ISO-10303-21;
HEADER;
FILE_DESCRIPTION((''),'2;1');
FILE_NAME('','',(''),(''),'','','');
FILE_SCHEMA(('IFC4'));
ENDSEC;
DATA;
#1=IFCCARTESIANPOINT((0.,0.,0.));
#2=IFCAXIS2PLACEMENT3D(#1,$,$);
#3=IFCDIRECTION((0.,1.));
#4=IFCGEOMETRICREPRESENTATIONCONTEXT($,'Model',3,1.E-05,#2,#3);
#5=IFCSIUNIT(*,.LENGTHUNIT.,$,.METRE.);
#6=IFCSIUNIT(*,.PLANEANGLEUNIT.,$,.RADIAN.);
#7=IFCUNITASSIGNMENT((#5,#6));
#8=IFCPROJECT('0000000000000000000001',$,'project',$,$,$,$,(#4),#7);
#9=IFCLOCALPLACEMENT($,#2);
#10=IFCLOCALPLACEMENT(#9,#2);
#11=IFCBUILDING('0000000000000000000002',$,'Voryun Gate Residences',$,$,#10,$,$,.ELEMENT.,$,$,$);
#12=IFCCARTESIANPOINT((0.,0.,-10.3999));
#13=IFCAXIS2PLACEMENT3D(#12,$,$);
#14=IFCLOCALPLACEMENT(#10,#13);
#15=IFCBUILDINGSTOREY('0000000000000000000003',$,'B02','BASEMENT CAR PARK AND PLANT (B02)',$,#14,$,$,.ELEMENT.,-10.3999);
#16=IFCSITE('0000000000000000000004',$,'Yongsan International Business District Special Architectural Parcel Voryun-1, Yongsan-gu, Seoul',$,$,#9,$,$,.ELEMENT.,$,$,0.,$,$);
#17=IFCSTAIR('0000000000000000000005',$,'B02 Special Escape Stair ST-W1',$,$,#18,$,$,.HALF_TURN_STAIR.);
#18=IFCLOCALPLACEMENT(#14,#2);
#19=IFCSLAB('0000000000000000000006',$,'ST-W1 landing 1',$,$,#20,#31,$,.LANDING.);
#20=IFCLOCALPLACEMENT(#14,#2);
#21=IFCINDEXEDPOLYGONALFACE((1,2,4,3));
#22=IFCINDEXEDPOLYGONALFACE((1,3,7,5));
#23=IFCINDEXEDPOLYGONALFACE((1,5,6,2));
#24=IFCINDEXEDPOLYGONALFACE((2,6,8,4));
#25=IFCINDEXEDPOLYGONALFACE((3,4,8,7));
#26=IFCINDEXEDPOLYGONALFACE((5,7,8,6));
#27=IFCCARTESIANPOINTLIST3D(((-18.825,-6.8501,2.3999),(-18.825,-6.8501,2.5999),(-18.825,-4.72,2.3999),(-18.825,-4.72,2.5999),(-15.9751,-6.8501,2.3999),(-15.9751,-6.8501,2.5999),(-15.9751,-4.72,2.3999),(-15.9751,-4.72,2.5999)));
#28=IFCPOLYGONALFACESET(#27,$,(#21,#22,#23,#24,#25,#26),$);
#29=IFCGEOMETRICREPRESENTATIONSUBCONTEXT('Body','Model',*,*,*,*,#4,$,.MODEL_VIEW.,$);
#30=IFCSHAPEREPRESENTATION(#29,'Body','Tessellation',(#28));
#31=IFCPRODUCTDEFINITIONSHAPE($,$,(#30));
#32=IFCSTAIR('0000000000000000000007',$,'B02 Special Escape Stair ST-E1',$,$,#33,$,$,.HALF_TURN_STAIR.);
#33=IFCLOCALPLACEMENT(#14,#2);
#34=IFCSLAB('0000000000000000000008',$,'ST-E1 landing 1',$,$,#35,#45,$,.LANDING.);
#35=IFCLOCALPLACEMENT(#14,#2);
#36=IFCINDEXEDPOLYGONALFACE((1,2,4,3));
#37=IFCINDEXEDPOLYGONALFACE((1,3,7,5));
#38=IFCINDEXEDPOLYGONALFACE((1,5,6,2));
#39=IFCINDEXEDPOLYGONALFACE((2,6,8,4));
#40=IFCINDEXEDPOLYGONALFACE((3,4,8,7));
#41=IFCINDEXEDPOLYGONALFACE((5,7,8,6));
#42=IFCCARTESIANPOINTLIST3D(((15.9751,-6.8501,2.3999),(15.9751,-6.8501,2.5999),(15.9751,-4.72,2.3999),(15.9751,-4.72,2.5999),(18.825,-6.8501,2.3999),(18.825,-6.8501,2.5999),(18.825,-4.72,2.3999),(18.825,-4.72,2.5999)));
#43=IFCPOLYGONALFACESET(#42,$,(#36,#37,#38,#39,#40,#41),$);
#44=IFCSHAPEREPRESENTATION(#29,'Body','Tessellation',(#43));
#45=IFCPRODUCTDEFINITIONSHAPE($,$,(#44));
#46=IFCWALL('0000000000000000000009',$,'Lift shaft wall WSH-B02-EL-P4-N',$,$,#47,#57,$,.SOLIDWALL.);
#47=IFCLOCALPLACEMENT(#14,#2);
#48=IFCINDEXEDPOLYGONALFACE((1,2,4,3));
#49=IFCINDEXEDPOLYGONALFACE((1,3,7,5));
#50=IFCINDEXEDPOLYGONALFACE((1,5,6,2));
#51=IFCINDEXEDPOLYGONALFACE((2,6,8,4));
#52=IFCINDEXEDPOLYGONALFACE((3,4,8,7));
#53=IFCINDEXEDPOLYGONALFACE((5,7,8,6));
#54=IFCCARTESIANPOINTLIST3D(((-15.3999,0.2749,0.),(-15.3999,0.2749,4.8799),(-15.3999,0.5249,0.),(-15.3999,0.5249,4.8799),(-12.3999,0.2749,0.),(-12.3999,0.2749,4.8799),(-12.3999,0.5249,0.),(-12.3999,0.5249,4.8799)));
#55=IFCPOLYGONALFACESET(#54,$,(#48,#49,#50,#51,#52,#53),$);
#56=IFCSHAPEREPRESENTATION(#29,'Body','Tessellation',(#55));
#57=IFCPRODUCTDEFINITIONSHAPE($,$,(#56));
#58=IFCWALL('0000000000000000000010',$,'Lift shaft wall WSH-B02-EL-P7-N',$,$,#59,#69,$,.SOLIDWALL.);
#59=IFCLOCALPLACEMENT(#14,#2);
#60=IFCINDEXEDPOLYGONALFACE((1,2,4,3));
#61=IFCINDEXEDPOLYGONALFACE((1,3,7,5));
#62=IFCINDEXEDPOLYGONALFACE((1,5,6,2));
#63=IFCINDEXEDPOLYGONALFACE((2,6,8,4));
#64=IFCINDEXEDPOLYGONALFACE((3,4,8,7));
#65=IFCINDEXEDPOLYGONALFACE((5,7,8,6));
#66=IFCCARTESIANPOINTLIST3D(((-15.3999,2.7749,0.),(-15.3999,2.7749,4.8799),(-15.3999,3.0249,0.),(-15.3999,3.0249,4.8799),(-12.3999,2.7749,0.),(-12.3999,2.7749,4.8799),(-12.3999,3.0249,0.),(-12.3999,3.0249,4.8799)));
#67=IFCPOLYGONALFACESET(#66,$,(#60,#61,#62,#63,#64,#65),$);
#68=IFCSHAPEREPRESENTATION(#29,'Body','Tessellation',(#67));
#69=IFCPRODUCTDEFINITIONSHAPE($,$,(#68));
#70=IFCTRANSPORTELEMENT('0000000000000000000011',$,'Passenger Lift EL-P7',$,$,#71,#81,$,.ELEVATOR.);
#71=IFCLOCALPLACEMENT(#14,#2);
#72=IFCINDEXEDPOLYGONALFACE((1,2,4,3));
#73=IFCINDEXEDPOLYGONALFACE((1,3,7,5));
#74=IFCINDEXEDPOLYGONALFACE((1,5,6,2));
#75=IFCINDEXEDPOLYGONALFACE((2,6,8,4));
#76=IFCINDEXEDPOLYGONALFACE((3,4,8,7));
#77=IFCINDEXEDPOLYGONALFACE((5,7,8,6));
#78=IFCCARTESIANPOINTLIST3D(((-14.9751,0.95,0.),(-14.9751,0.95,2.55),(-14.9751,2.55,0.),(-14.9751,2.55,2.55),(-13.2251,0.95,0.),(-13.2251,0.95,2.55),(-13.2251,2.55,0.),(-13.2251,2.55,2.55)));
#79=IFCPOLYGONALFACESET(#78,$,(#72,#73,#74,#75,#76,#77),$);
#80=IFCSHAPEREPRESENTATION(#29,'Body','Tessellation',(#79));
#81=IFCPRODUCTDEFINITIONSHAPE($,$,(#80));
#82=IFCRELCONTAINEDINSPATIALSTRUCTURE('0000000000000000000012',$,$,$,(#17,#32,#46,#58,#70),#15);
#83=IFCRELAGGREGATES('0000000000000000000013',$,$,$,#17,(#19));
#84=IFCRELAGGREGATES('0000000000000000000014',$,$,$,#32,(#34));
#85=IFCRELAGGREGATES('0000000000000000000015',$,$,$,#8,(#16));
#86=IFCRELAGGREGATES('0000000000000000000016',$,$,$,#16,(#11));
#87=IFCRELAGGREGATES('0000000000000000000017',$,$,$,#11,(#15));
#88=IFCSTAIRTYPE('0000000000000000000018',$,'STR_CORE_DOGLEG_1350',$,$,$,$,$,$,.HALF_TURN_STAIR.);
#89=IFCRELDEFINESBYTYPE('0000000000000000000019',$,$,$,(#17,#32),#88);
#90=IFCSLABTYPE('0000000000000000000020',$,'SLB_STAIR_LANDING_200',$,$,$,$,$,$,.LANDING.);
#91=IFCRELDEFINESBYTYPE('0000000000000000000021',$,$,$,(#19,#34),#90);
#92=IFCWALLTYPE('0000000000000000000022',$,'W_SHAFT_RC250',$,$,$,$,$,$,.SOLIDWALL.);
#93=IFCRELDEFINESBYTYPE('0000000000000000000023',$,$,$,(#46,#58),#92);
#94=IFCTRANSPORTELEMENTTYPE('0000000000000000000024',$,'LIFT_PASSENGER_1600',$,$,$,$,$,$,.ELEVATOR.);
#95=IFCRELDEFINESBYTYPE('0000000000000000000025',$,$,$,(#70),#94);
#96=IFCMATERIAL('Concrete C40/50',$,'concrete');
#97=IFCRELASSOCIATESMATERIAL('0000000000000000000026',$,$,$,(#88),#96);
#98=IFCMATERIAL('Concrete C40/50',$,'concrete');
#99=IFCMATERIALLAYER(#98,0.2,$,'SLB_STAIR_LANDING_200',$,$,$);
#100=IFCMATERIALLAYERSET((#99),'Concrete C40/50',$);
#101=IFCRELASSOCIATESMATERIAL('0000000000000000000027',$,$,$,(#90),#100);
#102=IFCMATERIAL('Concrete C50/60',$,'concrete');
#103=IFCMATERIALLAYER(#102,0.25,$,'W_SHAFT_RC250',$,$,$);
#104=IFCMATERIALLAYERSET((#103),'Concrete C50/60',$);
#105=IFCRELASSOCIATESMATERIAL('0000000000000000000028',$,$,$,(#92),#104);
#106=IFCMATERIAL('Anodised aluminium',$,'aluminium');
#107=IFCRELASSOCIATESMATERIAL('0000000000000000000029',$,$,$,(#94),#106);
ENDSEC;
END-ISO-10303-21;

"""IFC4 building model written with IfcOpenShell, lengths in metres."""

from ifc_helpers import new_model, si_unit, direction, frame, frame_2d, origin, origin_2d, place, context, subcontext, project, spatial, polyline, rectangle, outline, extrude, material, layer, layer_set, type_object, element, aggregate, save


model = new_model("IFC4")

# Units and contexts
model_context = context("Model", 3, precision=1e-05, world=origin(), true_north=direction((0.0, 1.0)))
body_context = subcontext(model_context, "Body", "Model", "MODEL_VIEW")
ifc_project = project(units=[si_unit("LENGTHUNIT", "METRE"), si_unit("PLANEANGLEUNIT", "RADIAN")], contexts=[model_context])

# Site, building, storey
site_placement = place(None, origin())
site = spatial("IfcSite", under=ifc_project, at=site_placement, Name="Yongsan International Business District Special Architectural Parcel Voryun-1, Yongsan-gu, Seoul", CompositionType="ELEMENT", RefElevation=0.0)
building_placement = place(site_placement, origin())
building = spatial("IfcBuilding", under=site, at=building_placement, Name="Voryun Gate Residences", CompositionType="ELEMENT")
storey_placement = place(building_placement, frame((0.0, 0.0, -10.3999)))
storey = spatial("IfcBuildingStorey", under=building, at=storey_placement, Name="B02", Description="BASEMENT CAR PARK AND PLANT (B02)", CompositionType="ELEMENT", Elevation=-10.3999)

# Stairs, slabs
ifc_material_1 = material(Name="Concrete C40/50", Category="concrete")
stair_type = type_object("IfcStairType", Name="STR_CORE_DOGLEG_1350", PredefinedType="HALF_TURN_STAIR", material=ifc_material_1)
stair_1_placement = place(storey_placement, origin())
stair_1 = element("IfcStair", 1, at=stair_1_placement, inside=storey, type_object=stair_type, Name="B02 Special Escape Stair ST-W1", PredefinedType="HALF_TURN_STAIR")
ifc_material_2 = material(Name="Concrete C40/50", Category="concrete")
ifc_layer_1 = layer(ifc_material_2, 0.2, Name="SLB_STAIR_LANDING_200")
ifc_layer_set_1 = layer_set([ifc_layer_1], Name="Concrete C40/50")
slab_type = type_object("IfcSlabType", Name="SLB_STAIR_LANDING_200", PredefinedType="LANDING", material=ifc_layer_set_1)
slab_1_placement = place(storey_placement, frame((0.0, 0.0, 2.3999)))
slab_1 = element("IfcSlab", 2, at=slab_1_placement, type_object=slab_type, Name="ST-W1 landing 1", PredefinedType="LANDING", context=body_context, shape_type="SweptSolid", body=[
    extrude(outline(polyline([(-18.825, -4.72), (-18.825, -6.8501), (-15.9751, -6.8501), (-15.9751, -4.72), (-18.825, -4.72)])), origin(), (0.0, 0.0, 1.0), 0.2),
])
aggregate(stair_1, [slab_1])
stair_2_placement = place(storey_placement, origin())
stair_2 = element("IfcStair", 3, at=stair_2_placement, inside=storey, type_object=stair_type, Name="B02 Special Escape Stair ST-E1", PredefinedType="HALF_TURN_STAIR")
slab_2_placement = place(storey_placement, frame((0.0, 0.0, 2.3999)))
slab_2 = element("IfcSlab", 4, at=slab_2_placement, type_object=slab_type, Name="ST-E1 landing 1", PredefinedType="LANDING", context=body_context, shape_type="SweptSolid", body=[
    extrude(outline(polyline([(15.9751, -4.72), (15.9751, -6.8501), (18.825, -6.8501), (18.825, -4.72), (15.9751, -4.72)])), origin(), (0.0, 0.0, 1.0), 0.2),
])
aggregate(stair_2, [slab_2])

# Walls
ifc_material_3 = material(Name="Concrete C50/60", Category="concrete")
ifc_layer_2 = layer(ifc_material_3, 0.25, Name="W_SHAFT_RC250")
ifc_layer_set_2 = layer_set([ifc_layer_2], Name="Concrete C50/60")
wall_type = type_object("IfcWallType", Name="W_SHAFT_RC250", PredefinedType="SOLIDWALL", material=ifc_layer_set_2)
for number, where, z_axis, x_axis, name in (
    (5, (-12.3999, 0.3999, 0.0), (0.0, 0.0, 1.0), (-1.0, 0.0, 0.0), "Lift shaft wall WSH-B02-EL-P4-N"),
    (6, (-12.3999, 2.8999, 0.0), (0.0, 0.0, 1.0), (-1.0, 0.0, 0.0), "Lift shaft wall WSH-B02-EL-P7-N"),
):
    element("IfcWall", number, at=place(storey_placement, frame(where, z_axis=z_axis, x_axis=x_axis)), inside=storey, type_object=wall_type, Name=name, PredefinedType="SOLIDWALL", context=body_context, shape_type="SweptSolid", body=[
        extrude(rectangle(XDim=3.0, YDim=0.25, at=frame_2d((1.5, 0.0))), origin(), (0.0, 0.0, 1.0), 4.8799),
    ])

# Transport element
ifc_material_4 = material(Name="Anodised aluminium", Category="aluminium")
transport_element_type = type_object("IfcTransportElementType", Name="LIFT_PASSENGER_1600", PredefinedType="ELEVATOR", material=ifc_material_4)
transport_element_placement = place(storey_placement, frame((-14.1001, 1.75, 0.0), z_axis=(0.0, 0.0, 1.0), x_axis=(1.0, 0.0, 0.0)))
element("IfcTransportElement", 7, at=transport_element_placement, inside=storey, type_object=transport_element_type, Name="Passenger Lift EL-P7", PredefinedType="ELEVATOR", context=body_context, shape_type="SweptSolid", body=[
    extrude(rectangle(XDim=1.75, YDim=1.6001, at=origin_2d()), origin(), (0.0, 0.0, 1.0), 2.55),
])

save(model, "model.ifc")
